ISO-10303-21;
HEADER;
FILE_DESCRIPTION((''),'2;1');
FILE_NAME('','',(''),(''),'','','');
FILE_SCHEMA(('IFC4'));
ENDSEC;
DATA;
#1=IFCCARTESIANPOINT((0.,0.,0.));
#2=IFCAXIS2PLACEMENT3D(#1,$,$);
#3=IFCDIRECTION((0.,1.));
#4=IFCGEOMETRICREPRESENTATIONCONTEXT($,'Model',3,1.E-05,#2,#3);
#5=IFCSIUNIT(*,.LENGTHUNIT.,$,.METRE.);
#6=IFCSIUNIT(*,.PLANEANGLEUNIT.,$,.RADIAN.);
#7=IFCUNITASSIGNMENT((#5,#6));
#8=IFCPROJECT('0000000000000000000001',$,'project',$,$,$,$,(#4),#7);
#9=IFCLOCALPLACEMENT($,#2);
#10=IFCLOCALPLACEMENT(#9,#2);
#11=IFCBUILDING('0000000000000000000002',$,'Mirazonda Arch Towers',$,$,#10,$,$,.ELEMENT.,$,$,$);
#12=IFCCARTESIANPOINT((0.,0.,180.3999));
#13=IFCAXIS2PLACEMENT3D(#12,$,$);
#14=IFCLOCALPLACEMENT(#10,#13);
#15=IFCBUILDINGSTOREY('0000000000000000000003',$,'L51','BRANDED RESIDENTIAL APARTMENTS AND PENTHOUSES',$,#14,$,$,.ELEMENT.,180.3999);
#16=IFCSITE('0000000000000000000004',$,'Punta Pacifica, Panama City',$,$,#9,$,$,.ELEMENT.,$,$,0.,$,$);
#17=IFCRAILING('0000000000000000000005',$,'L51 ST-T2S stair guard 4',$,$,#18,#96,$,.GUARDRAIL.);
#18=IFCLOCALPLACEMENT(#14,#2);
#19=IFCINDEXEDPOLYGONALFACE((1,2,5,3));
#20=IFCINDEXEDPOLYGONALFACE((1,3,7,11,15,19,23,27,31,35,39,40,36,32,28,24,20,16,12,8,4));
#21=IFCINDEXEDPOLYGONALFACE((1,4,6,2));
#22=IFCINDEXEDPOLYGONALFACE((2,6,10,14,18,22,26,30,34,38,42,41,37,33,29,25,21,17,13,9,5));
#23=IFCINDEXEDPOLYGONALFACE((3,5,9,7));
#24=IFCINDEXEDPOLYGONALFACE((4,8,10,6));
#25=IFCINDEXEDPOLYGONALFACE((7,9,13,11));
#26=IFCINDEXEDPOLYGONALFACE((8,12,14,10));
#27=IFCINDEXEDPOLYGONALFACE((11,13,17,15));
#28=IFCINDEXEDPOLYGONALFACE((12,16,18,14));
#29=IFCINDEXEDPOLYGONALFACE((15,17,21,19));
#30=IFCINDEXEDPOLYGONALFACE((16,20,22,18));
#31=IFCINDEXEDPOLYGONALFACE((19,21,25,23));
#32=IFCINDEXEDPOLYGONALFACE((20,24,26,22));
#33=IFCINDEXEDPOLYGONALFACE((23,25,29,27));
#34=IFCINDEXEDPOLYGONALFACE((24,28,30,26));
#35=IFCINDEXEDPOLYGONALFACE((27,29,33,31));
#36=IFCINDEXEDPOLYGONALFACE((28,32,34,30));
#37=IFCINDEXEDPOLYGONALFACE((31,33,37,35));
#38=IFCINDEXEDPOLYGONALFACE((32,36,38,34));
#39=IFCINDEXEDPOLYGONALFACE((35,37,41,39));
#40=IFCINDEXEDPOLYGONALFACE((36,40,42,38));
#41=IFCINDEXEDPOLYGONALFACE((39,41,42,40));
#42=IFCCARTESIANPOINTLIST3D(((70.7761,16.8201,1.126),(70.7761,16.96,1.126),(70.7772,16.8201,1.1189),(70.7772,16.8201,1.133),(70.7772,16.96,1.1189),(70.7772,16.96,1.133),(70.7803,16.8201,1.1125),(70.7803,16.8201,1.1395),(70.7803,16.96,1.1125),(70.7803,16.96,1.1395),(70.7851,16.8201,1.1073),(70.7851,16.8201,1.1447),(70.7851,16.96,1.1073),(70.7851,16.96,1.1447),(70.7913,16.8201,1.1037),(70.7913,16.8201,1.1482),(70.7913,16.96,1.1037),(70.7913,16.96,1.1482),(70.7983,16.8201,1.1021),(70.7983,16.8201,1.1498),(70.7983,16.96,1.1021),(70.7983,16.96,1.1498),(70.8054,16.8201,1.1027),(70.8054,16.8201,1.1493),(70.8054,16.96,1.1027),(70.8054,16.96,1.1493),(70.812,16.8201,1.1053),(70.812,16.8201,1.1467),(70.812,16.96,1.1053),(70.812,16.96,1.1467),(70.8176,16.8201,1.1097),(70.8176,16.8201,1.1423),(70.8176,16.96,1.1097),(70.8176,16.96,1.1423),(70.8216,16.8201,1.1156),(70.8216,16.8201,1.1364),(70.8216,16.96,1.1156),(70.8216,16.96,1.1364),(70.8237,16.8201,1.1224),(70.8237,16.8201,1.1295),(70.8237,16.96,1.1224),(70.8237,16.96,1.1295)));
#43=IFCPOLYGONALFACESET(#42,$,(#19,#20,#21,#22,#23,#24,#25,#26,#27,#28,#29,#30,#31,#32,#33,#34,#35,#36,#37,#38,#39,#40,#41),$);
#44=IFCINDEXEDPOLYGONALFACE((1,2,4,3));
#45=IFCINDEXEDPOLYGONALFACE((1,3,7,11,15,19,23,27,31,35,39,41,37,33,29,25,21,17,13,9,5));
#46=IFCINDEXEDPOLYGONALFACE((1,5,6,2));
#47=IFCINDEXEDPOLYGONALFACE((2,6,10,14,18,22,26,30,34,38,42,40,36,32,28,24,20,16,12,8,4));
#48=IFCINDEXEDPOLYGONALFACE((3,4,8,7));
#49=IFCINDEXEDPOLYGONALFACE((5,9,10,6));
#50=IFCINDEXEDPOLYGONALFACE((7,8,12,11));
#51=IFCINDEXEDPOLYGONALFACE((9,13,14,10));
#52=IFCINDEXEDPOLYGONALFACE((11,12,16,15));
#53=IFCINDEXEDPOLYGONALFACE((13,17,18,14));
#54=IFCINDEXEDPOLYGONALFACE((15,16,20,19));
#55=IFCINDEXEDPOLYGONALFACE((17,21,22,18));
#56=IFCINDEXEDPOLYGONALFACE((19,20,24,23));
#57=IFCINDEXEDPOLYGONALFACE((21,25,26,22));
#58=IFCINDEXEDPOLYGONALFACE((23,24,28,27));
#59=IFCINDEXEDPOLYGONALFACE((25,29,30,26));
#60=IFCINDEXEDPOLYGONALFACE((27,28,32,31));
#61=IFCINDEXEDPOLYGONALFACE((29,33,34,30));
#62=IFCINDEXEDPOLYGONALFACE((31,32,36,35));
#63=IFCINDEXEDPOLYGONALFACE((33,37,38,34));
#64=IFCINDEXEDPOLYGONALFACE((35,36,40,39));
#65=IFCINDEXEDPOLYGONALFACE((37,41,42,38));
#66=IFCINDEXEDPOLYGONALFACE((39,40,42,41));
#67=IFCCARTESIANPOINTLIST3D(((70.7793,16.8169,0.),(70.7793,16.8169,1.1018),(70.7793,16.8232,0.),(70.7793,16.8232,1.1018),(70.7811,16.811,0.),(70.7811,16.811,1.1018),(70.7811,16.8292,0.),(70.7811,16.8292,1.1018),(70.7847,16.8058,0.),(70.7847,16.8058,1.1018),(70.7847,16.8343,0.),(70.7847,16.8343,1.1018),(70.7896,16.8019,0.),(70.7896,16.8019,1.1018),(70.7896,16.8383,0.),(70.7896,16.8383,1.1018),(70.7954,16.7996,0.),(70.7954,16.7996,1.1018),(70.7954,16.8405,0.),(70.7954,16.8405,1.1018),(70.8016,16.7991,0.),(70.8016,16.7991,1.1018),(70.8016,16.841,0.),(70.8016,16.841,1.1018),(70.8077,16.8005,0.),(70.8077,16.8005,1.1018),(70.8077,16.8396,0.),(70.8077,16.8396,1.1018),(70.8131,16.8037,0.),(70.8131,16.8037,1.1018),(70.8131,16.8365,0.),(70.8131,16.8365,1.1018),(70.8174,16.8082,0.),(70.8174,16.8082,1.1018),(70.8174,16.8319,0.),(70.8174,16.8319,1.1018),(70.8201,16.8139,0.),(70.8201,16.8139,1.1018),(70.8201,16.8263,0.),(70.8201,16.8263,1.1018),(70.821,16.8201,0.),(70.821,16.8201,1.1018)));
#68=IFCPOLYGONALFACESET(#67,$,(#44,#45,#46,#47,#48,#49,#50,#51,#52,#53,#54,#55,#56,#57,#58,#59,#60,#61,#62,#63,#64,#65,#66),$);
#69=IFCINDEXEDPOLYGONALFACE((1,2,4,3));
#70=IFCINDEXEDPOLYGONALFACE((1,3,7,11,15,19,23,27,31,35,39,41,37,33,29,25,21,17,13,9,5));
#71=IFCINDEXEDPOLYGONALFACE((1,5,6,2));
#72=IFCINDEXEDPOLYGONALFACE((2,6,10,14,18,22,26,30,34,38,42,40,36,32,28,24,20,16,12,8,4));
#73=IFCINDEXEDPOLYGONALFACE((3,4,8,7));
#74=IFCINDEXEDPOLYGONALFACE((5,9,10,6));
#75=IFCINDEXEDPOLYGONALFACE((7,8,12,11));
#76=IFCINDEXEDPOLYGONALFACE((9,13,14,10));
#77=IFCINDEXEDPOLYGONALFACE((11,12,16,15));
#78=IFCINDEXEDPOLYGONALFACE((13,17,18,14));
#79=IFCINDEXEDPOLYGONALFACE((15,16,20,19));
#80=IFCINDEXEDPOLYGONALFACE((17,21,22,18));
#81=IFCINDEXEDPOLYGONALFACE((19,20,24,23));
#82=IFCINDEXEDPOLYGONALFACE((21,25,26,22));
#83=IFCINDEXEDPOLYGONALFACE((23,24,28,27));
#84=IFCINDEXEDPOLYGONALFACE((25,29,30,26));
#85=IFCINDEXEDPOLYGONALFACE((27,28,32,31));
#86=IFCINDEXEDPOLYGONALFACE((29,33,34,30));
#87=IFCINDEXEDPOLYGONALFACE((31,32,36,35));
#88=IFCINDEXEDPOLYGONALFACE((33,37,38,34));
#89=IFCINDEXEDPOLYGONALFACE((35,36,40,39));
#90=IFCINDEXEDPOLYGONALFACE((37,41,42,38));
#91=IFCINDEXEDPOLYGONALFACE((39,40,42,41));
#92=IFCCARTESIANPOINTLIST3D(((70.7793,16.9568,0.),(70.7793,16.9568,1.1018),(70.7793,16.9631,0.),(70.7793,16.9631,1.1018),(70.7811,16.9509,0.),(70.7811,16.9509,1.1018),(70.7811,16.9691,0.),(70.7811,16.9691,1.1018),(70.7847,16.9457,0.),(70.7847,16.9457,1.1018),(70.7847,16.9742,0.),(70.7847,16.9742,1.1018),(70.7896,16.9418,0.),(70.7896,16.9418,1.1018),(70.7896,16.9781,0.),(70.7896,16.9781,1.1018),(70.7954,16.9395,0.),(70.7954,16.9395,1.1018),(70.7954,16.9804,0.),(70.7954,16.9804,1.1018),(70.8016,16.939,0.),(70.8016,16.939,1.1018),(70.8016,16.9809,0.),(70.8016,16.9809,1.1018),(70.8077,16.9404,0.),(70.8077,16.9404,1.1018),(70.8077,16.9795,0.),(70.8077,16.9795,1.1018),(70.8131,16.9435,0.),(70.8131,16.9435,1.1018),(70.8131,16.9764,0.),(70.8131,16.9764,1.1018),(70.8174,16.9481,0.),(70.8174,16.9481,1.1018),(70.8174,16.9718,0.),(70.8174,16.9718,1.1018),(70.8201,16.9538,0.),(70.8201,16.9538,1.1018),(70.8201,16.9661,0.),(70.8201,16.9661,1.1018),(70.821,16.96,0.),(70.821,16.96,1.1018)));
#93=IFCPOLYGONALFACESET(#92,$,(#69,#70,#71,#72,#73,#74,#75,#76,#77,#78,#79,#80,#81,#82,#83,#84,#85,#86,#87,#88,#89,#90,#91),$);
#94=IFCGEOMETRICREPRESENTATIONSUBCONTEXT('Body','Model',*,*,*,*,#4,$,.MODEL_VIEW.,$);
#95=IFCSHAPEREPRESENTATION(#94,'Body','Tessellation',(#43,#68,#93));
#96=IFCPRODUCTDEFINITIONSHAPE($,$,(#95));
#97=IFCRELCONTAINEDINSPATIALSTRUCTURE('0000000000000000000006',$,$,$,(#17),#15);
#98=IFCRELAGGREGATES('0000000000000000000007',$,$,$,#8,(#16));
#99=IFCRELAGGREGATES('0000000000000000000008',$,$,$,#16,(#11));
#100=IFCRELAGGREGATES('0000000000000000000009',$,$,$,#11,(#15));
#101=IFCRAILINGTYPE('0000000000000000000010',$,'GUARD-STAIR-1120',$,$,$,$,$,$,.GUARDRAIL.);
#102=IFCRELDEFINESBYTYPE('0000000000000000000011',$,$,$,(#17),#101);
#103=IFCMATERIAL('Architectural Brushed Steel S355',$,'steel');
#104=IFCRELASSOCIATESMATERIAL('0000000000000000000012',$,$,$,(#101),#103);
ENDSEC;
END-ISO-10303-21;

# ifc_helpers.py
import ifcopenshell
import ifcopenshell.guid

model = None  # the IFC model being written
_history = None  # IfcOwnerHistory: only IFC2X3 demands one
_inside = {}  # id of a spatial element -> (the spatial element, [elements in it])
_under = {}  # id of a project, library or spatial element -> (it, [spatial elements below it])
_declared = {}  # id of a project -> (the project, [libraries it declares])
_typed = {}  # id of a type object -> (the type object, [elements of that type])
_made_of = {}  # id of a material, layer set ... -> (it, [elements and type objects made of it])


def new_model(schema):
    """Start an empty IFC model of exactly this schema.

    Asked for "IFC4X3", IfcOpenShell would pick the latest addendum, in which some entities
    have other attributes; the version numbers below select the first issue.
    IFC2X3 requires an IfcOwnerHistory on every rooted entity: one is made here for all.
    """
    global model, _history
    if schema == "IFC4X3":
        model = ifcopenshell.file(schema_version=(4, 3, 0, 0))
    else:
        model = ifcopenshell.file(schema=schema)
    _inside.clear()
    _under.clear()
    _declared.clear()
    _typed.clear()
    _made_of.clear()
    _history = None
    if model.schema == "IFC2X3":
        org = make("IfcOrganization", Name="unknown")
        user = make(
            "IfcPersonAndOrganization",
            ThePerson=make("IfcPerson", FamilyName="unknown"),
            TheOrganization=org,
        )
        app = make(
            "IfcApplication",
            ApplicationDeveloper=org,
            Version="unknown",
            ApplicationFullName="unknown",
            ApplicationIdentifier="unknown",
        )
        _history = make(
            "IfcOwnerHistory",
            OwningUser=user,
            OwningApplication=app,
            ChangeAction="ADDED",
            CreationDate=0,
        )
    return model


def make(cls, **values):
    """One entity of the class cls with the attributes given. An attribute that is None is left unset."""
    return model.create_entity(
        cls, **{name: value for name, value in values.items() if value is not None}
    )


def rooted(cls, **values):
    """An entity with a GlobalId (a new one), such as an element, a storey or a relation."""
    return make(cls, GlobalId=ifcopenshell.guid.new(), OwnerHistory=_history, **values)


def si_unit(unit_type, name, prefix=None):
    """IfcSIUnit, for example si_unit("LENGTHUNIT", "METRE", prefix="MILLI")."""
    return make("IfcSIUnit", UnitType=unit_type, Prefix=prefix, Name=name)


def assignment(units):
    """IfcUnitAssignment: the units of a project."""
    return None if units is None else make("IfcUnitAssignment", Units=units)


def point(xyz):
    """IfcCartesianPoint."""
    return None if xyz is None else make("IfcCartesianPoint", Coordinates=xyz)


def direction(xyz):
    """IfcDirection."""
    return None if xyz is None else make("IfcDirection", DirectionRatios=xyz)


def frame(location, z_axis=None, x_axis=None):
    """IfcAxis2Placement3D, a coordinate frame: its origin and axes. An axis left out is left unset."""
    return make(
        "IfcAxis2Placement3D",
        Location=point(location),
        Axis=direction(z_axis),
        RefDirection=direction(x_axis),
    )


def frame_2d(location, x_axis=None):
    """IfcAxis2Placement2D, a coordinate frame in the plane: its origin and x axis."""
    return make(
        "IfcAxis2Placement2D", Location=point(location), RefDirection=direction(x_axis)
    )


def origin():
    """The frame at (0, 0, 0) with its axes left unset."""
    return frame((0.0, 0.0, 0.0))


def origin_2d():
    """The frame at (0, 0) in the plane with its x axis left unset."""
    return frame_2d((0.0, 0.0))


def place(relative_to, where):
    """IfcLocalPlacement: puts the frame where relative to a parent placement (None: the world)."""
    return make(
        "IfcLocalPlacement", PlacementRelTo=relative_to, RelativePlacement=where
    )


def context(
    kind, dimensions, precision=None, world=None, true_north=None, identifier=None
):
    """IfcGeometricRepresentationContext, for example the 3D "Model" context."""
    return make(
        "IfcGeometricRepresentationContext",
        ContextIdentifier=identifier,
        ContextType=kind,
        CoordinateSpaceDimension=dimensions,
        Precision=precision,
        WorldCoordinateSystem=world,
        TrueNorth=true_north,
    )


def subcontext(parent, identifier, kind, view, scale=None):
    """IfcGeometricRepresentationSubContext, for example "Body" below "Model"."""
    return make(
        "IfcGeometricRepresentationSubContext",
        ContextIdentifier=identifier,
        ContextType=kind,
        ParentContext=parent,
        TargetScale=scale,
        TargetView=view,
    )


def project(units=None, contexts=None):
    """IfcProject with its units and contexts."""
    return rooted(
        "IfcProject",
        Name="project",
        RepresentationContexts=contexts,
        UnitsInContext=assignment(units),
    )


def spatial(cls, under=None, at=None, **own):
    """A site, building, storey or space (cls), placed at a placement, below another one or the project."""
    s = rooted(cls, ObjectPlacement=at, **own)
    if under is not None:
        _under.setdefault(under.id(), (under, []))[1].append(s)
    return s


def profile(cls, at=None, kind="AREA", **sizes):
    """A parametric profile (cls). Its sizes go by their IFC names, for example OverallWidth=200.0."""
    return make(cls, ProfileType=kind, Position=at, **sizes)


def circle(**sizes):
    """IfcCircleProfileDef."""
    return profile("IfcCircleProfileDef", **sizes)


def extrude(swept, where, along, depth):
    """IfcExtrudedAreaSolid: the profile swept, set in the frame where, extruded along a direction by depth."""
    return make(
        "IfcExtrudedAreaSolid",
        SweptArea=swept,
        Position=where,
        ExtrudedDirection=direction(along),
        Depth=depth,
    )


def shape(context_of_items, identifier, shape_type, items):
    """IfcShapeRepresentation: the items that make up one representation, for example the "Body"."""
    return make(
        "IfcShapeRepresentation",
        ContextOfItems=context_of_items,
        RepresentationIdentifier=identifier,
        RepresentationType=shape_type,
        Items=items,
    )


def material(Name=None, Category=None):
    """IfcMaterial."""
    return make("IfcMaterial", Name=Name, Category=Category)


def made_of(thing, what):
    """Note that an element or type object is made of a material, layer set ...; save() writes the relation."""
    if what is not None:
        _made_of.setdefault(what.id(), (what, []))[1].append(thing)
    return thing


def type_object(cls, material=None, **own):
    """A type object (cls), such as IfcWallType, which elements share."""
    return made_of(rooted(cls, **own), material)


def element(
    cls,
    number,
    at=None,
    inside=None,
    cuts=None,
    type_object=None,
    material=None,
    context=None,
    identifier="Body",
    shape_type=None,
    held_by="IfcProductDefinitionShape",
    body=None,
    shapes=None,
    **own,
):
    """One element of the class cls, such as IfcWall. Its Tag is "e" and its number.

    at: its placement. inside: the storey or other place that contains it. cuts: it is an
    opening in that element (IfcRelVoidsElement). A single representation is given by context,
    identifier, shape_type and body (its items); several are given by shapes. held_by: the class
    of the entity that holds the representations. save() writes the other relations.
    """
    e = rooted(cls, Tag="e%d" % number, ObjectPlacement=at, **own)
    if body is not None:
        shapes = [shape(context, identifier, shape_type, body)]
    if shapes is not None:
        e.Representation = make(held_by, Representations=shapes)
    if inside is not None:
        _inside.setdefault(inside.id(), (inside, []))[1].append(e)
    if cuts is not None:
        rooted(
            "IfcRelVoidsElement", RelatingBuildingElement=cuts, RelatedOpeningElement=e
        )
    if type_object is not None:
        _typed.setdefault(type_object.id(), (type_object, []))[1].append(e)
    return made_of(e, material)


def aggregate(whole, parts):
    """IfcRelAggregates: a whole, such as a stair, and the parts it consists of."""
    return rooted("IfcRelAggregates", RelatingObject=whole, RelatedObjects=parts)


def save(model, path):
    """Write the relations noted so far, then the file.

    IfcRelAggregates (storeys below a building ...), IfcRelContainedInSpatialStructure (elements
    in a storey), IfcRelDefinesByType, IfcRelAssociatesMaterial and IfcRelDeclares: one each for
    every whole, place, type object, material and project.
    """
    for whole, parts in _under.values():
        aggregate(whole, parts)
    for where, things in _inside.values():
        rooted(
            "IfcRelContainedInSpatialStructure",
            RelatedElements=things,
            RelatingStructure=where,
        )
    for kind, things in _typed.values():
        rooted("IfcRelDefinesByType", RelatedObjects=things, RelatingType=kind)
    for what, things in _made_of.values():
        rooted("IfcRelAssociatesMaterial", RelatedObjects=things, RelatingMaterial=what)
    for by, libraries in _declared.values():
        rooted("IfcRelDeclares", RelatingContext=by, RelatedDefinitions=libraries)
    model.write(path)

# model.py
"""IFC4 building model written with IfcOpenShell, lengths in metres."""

from ifc_helpers import new_model, si_unit, direction, frame, origin, origin_2d, place, context, subcontext, project, spatial, circle, extrude, material, type_object, element, save


model = new_model("IFC4")

# Units and contexts
model_context = context("Model", 3, precision=1e-05, world=origin(), true_north=direction((0.0, 1.0)))
body_context = subcontext(model_context, "Body", "Model", "MODEL_VIEW")
ifc_project = project(units=[si_unit("LENGTHUNIT", "METRE"), si_unit("PLANEANGLEUNIT", "RADIAN")], contexts=[model_context])

# Site, building, storey
site_placement = place(None, origin())
site = spatial("IfcSite", under=ifc_project, at=site_placement, Name="Punta Pacifica, Panama City", CompositionType="ELEMENT", RefElevation=0.0)
building_placement = place(site_placement, origin())
building = spatial("IfcBuilding", under=site, at=building_placement, Name="Mirazonda Arch Towers", CompositionType="ELEMENT")
storey_placement = place(building_placement, frame((0.0, 0.0, 180.3999)))
storey = spatial("IfcBuildingStorey", under=building, at=storey_placement, Name="L51", Description="BRANDED RESIDENTIAL APARTMENTS AND PENTHOUSES", CompositionType="ELEMENT", Elevation=180.3999)

# Railing
ifc_material_1 = material(Name="Architectural Brushed Steel S355", Category="steel")
railing_type_1 = type_object("IfcRailingType", Name="GUARD-STAIR-1120", PredefinedType="GUARDRAIL", material=ifc_material_1)
railing_1_placement = place(storey_placement, frame((70.8, 16.8201, 0.0)))
element("IfcRailing", 1, at=railing_1_placement, inside=storey, type_object=railing_type_1, Name="L51 ST-T2S stair guard 4", PredefinedType="GUARDRAIL", context=body_context, shape_type="SweptSolid", body=[
    extrude(circle(Radius=0.0239, at=origin_2d()), frame((0.0, 0.0, 1.126), z_axis=(0.0, 1.0, 0.0), x_axis=(-1.0, 0.0, 0.0)), (0.0, 0.0, 1.0), 0.1399),
    extrude(circle(Radius=0.021, at=origin_2d()), origin(), (0.0, 0.0, 1.0), 1.1018),
    extrude(circle(Radius=0.021, at=origin_2d()), frame((0.0, 0.1399, 0.0)), (0.0, 0.0, 1.0), 1.1018),
])

save(model, "model.ifc")
